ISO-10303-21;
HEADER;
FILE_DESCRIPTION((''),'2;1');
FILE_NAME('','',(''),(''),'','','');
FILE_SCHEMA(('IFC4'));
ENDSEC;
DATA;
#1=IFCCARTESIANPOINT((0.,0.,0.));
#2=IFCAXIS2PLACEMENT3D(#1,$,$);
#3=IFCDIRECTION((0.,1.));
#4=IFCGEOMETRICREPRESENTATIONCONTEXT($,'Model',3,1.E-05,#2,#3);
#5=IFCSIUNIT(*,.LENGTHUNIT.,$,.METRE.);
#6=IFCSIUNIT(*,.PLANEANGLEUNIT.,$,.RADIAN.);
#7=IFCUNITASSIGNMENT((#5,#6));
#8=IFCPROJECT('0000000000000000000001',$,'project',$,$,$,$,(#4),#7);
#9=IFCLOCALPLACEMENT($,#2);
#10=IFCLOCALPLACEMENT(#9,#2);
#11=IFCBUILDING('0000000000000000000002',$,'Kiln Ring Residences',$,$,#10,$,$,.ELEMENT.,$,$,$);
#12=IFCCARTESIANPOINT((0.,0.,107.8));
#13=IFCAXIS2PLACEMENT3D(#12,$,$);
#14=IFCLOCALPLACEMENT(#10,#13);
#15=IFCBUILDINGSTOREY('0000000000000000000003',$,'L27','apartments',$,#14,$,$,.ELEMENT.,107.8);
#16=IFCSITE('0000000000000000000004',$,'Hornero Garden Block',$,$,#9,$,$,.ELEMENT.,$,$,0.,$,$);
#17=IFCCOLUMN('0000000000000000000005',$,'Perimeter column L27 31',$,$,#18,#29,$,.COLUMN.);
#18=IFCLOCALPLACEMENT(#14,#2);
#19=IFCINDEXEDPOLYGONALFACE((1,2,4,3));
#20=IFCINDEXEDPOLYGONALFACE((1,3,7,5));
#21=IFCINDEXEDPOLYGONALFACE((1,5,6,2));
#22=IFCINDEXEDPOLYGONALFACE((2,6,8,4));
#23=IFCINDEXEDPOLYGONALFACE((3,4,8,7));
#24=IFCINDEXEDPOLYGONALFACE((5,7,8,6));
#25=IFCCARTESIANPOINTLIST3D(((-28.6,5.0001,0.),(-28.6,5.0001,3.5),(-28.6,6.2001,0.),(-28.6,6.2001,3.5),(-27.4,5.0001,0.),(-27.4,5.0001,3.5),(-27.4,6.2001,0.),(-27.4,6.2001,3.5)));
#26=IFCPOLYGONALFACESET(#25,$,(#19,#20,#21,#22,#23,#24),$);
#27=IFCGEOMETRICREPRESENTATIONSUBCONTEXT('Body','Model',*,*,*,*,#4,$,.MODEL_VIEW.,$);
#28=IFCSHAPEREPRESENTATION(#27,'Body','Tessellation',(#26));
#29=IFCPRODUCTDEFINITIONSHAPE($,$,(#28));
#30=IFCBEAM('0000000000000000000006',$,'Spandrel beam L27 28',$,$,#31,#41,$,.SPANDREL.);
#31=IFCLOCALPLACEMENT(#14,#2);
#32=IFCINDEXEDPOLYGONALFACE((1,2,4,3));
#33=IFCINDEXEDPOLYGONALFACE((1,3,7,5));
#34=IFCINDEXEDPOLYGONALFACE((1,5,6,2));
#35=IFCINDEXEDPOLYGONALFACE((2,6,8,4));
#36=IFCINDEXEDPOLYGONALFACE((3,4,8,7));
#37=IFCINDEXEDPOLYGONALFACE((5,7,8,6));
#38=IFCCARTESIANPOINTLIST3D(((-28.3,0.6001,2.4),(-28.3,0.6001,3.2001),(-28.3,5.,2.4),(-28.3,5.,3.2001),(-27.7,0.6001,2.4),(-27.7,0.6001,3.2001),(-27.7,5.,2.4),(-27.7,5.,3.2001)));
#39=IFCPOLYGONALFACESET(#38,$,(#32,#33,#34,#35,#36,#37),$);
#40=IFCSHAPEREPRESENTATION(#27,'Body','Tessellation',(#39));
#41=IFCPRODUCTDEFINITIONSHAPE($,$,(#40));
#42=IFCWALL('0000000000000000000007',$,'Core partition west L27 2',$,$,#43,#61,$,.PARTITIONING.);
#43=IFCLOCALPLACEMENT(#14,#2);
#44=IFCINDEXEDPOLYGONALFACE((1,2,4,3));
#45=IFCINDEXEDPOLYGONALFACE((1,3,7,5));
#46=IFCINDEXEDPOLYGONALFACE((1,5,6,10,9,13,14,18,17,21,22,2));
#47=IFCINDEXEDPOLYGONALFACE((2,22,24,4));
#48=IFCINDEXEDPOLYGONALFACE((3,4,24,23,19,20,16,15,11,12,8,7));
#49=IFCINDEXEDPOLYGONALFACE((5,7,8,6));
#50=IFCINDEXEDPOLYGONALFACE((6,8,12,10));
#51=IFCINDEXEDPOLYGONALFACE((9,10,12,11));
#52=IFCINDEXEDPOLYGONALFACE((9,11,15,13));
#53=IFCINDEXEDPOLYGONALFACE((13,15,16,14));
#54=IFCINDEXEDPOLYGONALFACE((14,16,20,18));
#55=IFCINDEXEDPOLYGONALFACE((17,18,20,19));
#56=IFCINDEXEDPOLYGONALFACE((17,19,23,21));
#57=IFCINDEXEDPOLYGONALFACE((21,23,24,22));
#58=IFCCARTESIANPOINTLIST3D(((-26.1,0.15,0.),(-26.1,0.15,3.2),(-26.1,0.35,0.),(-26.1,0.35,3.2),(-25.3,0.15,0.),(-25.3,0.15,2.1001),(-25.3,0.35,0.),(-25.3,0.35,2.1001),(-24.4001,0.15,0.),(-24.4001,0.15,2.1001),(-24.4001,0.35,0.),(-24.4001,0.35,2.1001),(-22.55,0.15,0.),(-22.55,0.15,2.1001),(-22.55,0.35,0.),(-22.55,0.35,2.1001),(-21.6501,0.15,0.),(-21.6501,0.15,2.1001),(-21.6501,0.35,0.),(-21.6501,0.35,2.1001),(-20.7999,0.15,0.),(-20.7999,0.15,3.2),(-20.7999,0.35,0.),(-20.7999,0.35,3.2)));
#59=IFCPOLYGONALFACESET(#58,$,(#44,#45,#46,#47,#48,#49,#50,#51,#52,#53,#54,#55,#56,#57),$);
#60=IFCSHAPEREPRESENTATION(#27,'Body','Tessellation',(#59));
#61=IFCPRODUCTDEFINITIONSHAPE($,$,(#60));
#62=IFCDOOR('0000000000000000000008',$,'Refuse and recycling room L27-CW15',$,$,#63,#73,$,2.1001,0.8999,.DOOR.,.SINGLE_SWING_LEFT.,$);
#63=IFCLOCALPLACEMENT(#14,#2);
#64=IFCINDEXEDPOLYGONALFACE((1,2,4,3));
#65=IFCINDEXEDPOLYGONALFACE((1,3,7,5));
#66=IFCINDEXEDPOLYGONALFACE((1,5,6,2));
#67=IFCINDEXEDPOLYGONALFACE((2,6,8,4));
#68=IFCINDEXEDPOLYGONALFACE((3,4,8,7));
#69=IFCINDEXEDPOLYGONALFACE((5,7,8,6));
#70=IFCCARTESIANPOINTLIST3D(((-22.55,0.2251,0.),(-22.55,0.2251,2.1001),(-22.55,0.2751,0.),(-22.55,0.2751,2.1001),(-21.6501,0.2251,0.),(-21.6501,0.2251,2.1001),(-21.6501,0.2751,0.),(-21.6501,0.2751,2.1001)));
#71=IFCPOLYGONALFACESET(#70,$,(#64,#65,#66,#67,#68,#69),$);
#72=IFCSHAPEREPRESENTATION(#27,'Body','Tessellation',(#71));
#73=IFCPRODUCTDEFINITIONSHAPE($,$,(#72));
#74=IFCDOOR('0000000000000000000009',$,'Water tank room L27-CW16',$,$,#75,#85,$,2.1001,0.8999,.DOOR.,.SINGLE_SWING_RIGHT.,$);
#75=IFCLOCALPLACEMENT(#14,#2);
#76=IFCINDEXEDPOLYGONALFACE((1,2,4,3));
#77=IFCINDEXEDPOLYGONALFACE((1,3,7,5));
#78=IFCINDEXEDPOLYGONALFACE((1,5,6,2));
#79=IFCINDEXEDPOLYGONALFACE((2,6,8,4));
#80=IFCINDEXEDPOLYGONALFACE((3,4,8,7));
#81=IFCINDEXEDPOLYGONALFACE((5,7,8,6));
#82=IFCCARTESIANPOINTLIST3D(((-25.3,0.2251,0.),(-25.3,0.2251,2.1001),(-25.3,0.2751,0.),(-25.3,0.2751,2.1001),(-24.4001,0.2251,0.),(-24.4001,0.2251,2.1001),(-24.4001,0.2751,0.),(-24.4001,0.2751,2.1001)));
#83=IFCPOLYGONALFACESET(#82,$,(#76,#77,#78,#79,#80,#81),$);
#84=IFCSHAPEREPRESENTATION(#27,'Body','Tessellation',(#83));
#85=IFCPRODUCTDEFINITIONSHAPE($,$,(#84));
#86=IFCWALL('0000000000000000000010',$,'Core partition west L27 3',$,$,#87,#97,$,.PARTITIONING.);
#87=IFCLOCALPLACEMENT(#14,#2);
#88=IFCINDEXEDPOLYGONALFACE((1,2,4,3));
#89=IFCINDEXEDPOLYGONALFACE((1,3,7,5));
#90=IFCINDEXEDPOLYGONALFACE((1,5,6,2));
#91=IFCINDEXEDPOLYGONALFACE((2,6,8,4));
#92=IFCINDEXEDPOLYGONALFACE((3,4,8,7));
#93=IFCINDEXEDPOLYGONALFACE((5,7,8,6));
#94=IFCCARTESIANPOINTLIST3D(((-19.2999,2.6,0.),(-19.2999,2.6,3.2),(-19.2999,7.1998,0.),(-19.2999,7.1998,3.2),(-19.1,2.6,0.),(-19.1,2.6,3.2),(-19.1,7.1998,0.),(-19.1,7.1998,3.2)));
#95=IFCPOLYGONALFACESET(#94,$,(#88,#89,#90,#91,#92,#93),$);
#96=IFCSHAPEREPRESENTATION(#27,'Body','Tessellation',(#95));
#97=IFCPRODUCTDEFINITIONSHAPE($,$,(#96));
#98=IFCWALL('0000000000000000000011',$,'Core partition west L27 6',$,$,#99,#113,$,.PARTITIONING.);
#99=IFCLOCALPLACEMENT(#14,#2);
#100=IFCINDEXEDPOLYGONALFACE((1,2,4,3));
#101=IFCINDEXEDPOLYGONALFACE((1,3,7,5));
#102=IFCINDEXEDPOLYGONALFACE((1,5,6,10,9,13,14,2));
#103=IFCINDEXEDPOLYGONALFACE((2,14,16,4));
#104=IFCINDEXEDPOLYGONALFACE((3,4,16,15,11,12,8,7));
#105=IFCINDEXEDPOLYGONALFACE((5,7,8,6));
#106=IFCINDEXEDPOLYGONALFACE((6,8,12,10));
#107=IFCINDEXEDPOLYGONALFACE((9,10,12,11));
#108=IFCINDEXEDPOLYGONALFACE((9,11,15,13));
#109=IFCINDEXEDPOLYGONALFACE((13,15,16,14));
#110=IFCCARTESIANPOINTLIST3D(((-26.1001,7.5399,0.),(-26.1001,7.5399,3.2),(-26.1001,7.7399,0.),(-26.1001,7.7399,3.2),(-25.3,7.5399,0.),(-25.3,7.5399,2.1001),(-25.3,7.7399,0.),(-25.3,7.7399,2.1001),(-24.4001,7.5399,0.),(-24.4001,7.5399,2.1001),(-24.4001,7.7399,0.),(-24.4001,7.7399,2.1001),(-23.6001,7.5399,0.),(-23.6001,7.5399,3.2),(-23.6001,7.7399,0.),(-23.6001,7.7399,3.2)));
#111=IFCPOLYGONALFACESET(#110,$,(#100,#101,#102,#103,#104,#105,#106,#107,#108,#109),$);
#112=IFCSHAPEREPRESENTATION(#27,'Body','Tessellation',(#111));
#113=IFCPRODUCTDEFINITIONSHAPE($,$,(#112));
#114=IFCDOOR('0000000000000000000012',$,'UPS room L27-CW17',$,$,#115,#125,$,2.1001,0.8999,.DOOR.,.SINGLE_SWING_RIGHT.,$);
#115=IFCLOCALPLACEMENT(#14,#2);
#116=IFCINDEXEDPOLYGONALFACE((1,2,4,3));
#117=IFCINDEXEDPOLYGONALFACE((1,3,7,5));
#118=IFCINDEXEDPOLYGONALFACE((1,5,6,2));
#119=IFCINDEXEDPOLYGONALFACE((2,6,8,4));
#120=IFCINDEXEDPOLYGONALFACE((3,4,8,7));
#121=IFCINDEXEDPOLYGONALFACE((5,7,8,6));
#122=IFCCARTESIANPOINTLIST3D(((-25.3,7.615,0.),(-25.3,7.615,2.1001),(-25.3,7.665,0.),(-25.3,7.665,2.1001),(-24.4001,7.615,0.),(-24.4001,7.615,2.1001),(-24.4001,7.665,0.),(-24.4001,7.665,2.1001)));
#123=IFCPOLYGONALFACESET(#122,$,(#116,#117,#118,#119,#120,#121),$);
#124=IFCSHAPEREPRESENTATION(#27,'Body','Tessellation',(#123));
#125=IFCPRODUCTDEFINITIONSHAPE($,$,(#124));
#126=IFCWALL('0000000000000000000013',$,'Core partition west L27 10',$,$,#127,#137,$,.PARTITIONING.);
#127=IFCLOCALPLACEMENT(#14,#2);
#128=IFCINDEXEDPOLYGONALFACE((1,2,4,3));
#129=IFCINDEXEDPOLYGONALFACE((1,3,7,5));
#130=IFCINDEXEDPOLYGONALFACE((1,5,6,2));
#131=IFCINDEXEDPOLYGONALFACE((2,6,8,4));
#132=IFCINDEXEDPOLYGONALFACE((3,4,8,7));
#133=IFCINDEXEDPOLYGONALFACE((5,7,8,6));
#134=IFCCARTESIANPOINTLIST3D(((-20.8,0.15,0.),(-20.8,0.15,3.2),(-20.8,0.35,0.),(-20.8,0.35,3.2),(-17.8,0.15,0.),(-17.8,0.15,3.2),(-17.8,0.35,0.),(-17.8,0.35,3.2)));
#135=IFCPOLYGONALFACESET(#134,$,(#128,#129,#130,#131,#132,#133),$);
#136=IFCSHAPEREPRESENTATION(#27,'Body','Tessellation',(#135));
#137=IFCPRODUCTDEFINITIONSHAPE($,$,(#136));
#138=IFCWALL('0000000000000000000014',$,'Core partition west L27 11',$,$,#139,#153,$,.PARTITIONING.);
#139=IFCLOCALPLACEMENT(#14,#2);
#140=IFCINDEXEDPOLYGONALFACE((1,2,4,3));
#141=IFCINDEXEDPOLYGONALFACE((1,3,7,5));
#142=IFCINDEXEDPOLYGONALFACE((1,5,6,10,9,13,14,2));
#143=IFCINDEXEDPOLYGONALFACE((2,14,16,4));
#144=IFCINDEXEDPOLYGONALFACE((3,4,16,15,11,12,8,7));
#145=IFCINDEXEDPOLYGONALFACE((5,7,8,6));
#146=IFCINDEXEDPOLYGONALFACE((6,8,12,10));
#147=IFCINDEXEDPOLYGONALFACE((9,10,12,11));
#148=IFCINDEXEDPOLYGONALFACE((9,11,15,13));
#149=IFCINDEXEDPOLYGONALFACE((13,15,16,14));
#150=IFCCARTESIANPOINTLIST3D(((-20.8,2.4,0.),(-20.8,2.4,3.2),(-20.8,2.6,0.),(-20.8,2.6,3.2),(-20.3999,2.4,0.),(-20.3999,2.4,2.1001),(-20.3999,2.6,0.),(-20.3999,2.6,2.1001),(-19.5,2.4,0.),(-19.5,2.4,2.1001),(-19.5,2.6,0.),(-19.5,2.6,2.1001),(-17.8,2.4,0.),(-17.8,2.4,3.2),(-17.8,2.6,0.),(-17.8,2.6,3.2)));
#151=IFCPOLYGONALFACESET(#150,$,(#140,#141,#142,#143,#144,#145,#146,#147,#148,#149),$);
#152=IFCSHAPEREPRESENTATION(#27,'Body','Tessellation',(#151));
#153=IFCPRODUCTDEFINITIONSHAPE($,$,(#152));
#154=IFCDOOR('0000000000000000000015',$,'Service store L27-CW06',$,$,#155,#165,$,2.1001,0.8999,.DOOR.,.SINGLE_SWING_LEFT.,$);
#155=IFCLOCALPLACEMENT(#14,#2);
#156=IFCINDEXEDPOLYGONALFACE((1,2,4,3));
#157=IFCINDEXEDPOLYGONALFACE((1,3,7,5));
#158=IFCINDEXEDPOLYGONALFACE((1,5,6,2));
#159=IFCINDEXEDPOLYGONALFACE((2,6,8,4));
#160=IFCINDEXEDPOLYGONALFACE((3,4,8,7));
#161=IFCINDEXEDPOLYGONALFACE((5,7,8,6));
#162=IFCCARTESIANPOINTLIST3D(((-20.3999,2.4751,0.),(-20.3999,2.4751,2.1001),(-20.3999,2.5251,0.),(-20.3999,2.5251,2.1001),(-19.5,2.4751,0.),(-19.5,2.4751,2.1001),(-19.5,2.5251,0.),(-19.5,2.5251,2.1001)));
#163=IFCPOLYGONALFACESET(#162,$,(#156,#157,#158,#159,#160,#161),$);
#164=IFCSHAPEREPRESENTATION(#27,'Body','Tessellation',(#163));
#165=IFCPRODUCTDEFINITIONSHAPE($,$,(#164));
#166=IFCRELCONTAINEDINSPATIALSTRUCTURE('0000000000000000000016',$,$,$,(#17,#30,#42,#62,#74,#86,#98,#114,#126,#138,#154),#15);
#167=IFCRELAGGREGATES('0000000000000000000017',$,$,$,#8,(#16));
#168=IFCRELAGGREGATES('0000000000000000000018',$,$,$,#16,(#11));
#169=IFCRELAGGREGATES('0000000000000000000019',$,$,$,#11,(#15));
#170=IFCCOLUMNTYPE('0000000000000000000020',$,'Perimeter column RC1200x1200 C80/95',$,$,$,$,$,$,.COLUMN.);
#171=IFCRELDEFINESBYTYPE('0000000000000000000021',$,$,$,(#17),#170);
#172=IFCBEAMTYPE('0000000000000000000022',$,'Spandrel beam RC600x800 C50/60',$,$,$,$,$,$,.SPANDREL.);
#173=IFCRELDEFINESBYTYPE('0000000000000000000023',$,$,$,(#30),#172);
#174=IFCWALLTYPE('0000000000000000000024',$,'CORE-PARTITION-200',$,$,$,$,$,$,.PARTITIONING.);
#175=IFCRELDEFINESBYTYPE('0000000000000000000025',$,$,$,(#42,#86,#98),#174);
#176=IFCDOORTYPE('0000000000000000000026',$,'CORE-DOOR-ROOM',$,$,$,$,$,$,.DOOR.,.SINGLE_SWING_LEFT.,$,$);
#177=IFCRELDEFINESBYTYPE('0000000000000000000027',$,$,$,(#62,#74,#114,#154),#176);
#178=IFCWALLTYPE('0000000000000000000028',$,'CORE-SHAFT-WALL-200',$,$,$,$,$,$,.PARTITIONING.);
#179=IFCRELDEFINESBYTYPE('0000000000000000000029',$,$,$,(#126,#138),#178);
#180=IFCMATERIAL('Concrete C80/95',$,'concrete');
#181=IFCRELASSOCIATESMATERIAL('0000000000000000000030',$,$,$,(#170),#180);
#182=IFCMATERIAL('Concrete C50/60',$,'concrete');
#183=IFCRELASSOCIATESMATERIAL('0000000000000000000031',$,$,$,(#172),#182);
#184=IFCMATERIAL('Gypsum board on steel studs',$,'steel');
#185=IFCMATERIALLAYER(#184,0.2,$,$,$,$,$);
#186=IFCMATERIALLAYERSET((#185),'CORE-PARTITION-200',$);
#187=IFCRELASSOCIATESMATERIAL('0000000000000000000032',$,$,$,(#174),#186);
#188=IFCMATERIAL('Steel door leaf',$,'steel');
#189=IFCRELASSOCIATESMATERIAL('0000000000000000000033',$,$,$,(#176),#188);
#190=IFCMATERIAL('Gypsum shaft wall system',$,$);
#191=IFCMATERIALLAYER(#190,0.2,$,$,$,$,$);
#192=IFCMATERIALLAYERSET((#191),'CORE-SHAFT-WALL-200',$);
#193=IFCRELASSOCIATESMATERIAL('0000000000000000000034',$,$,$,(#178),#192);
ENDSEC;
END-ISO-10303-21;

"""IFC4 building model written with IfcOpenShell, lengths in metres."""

from ifc_helpers import new_model, si_unit, direction, frame, frame_2d, origin, origin_2d, place, context, subcontext, project, spatial, rectangle, extrude, material, layer, layer_set, material_profile, profile_set, type_object, element, fill, save


model = new_model("IFC4")

# Units and contexts
model_context = context("Model", 3, precision=1e-05, world=origin(), true_north=direction((0.0, 1.0)))
body_context = subcontext(model_context, "Body", "Model", "MODEL_VIEW")
ifc_project = project(units=[si_unit("LENGTHUNIT", "METRE"), si_unit("PLANEANGLEUNIT", "RADIAN")], contexts=[model_context])

# Site, building, storey
site_placement = place(None, origin())
site = spatial("IfcSite", under=ifc_project, at=site_placement, Name="Hornero Garden Block", CompositionType="ELEMENT", RefElevation=0.0)
building_placement = place(site_placement, origin())
building = spatial("IfcBuilding", under=site, at=building_placement, Name="Kiln Ring Residences", CompositionType="ELEMENT")
storey_placement = place(building_placement, frame((0.0, 0.0, 107.8)))
storey = spatial("IfcBuildingStorey", under=building, at=storey_placement, Name="L27", Description="apartments", CompositionType="ELEMENT", Elevation=107.8)

# Column
ifc_material_1 = material(Name="Concrete C80/95", Category="concrete")
ifc_material_profile_1 = material_profile(ifc_material_1, rectangle(XDim=1.2, YDim=1.2, at=origin_2d()), Name="RC1200x1200")
ifc_profile_set_1 = profile_set([ifc_material_profile_1], Name="Concrete C80/95")
column_type = type_object("IfcColumnType", Name="Perimeter column RC1200x1200 C80/95", PredefinedType="COLUMN", material=ifc_profile_set_1)
column_placement = place(storey_placement, frame((-28.0, 5.6001, 0.0), z_axis=(0.0, 0.0, 1.0), x_axis=(1.0, 0.0, 0.0)))
element("IfcColumn", 1, at=column_placement, inside=storey, type_object=column_type, Name="Perimeter column L27 31", PredefinedType="COLUMN", context=body_context, shape_type="SweptSolid", body=[
    extrude(rectangle(XDim=1.2, YDim=1.2, at=origin_2d()), origin(), (0.0, 0.0, 1.0), 3.5),
])

# Beam
ifc_material_2 = material(Name="Concrete C50/60", Category="concrete")
ifc_material_profile_2 = material_profile(ifc_material_2, rectangle(XDim=0.6001, YDim=0.8, at=origin_2d()), Name="RC600x800")
ifc_profile_set_2 = profile_set([ifc_material_profile_2], Name="Concrete C50/60")
beam_type = type_object("IfcBeamType", Name="Spandrel beam RC600x800 C50/60", PredefinedType="SPANDREL", material=ifc_profile_set_2)
beam_placement = place(storey_placement, frame((-28.0, 5.0, 2.8), z_axis=(0.0, -1.0, 0.0), x_axis=(1.0, 0.0, 0.0)))
element("IfcBeam", 2, at=beam_placement, inside=storey, type_object=beam_type, Name="Spandrel beam L27 28", PredefinedType="SPANDREL", context=body_context, shape_type="SweptSolid", body=[
    extrude(rectangle(XDim=0.6001, YDim=0.8, at=origin_2d()), origin(), (0.0, 0.0, 1.0), 4.3999),
])

# Wall, openings, doors
ifc_material_3 = material(Name="Gypsum board on steel studs", Category="steel")
ifc_layer_1 = layer(ifc_material_3, 0.2)
ifc_layer_set_1 = layer_set([ifc_layer_1], Name="CORE-PARTITION-200")
wall_type_1 = type_object("IfcWallType", Name="CORE-PARTITION-200", PredefinedType="PARTITIONING", material=ifc_layer_set_1)
wall_1_placement = place(storey_placement, frame((-20.8, 0.25, 0.0), z_axis=(0.0, 0.0, 1.0), x_axis=(-1.0, 0.0, 0.0)))
wall_1 = element("IfcWall", 3, at=wall_1_placement, inside=storey, type_object=wall_type_1, Name="Core partition west L27 2", PredefinedType="PARTITIONING", context=body_context, shape_type="SweptSolid", body=[
    extrude(rectangle(XDim=5.3, YDim=0.2, at=frame_2d((2.6499, 0.0))), origin(), (0.0, 0.0, 1.0), 3.2),
])
opening_1_placement = place(wall_1_placement, frame((0.8501, 0.0, 0.0)))
opening_1 = element("IfcOpeningElement", 4, at=opening_1_placement, cuts=wall_1, PredefinedType="OPENING", context=body_context, shape_type="SweptSolid", body=[
    extrude(rectangle(XDim=0.8999, YDim=2.1001, at=frame_2d((0.45, 1.05))), frame((0.0, 0.1099, 0.0), z_axis=(0.0, -1.0, 0.0), x_axis=(1.0, 0.0, 0.0)), (0.0, 0.0, 1.0), 0.22),
])
opening_2_placement = place(wall_1_placement, frame((3.6001, 0.0, 0.0)))
opening_2 = element("IfcOpeningElement", 5, at=opening_2_placement, cuts=wall_1, PredefinedType="OPENING", context=body_context, shape_type="SweptSolid", body=[
    extrude(rectangle(XDim=0.8999, YDim=2.1001, at=frame_2d((0.45, 1.05))), frame((0.0, 0.1099, 0.0), z_axis=(0.0, -1.0, 0.0), x_axis=(1.0, 0.0, 0.0)), (0.0, 0.0, 1.0), 0.22),
])
ifc_material_4 = material(Name="Steel door leaf", Category="steel")
door_type_1 = type_object("IfcDoorType", Name="CORE-DOOR-ROOM", OperationType="SINGLE_SWING_LEFT", PredefinedType="DOOR", material=ifc_material_4)
door_1_placement = place(opening_1_placement, origin())
door_1 = element("IfcDoor", 6, at=door_1_placement, inside=storey, type_object=door_type_1, Name="Refuse and recycling room L27-CW15", OperationType="SINGLE_SWING_LEFT", OverallHeight=2.1001, OverallWidth=0.8999, PredefinedType="DOOR", context=body_context, shape_type="SweptSolid", body=[
    extrude(rectangle(XDim=0.8999, YDim=2.1001, at=frame_2d((0.45, 1.05))), frame((0.0, 0.0249, 0.0), z_axis=(0.0, -1.0, 0.0), x_axis=(1.0, 0.0, 0.0)), (0.0, 0.0, 1.0), 0.05),
])
fill(opening_1, door_1)
door_2_placement = place(opening_2_placement, origin())
door_2 = element("IfcDoor", 7, at=door_2_placement, inside=storey, type_object=door_type_1, Name="Water tank room L27-CW16", OperationType="SINGLE_SWING_RIGHT", OverallHeight=2.1001, OverallWidth=0.8999, PredefinedType="DOOR", context=body_context, shape_type="SweptSolid", body=[
    extrude(rectangle(XDim=0.8999, YDim=2.1001, at=frame_2d((0.45, 1.05))), frame((0.0, 0.0249, 0.0), z_axis=(0.0, -1.0, 0.0), x_axis=(1.0, 0.0, 0.0)), (0.0, 0.0, 1.0), 0.05),
])
fill(opening_2, door_2)

# Wall
wall_2_placement = place(storey_placement, frame((-19.2, 2.6001, 0.0), z_axis=(0.0, 0.0, 1.0), x_axis=(0.0, 1.0, 0.0)))
element("IfcWall", 8, at=wall_2_placement, inside=storey, type_object=wall_type_1, Name="Core partition west L27 3", PredefinedType="PARTITIONING", context=body_context, shape_type="SweptSolid", body=[
    extrude(rectangle(XDim=4.5999, YDim=0.2, at=frame_2d((2.2998, 0.0))), origin(), (0.0, 0.0, 1.0), 3.2),
])

# Wall, opening, door
wall_3_placement = place(storey_placement, frame((-23.6001, 7.6399, 0.0), z_axis=(0.0, 0.0, 1.0), x_axis=(-1.0, 0.0, 0.0)))
wall_3 = element("IfcWall", 9, at=wall_3_placement, inside=storey, type_object=wall_type_1, Name="Core partition west L27 6", PredefinedType="PARTITIONING", context=body_context, shape_type="SweptSolid", body=[
    extrude(rectangle(XDim=2.5, YDim=0.2, at=frame_2d((1.25, 0.0))), origin(), (0.0, 0.0, 1.0), 3.2),
])
opening_3_placement = place(wall_3_placement, frame((0.8, 0.0, 0.0)))
opening_3 = element("IfcOpeningElement", 10, at=opening_3_placement, cuts=wall_3, PredefinedType="OPENING", context=body_context, shape_type="SweptSolid", body=[
    extrude(rectangle(XDim=0.8999, YDim=2.1001, at=frame_2d((0.45, 1.05))), frame((0.0, 0.1099, 0.0), z_axis=(0.0, -1.0, 0.0), x_axis=(1.0, 0.0, 0.0)), (0.0, 0.0, 1.0), 0.22),
])
door_3_placement = place(opening_3_placement, origin())
door_3 = element("IfcDoor", 11, at=door_3_placement, inside=storey, type_object=door_type_1, Name="UPS room L27-CW17", OperationType="SINGLE_SWING_RIGHT", OverallHeight=2.1001, OverallWidth=0.8999, PredefinedType="DOOR", context=body_context, shape_type="SweptSolid", body=[
    extrude(rectangle(XDim=0.8999, YDim=2.1001, at=frame_2d((0.45, 1.05))), frame((0.0, 0.0249, 0.0), z_axis=(0.0, -1.0, 0.0), x_axis=(1.0, 0.0, 0.0)), (0.0, 0.0, 1.0), 0.05),
])
fill(opening_3, door_3)

# Wall
ifc_material_5 = material(Name="Gypsum shaft wall system")
ifc_layer_2 = layer(ifc_material_5, 0.2)
ifc_layer_set_2 = layer_set([ifc_layer_2], Name="CORE-SHAFT-WALL-200")
wall_type_2 = type_object("IfcWallType", Name="CORE-SHAFT-WALL-200", PredefinedType="PARTITIONING", material=ifc_layer_set_2)
wall_4_placement = place(storey_placement, frame((-17.8, 0.25, 0.0), z_axis=(0.0, 0.0, 1.0), x_axis=(-1.0, 0.0, 0.0)))
element("IfcWall", 12, at=wall_4_placement, inside=storey, type_object=wall_type_2, Name="Core partition west L27 10", PredefinedType="PARTITIONING", context=body_context, shape_type="SweptSolid", body=[
    extrude(rectangle(XDim=3.0, YDim=0.2, at=frame_2d((1.5, 0.0))), origin(), (0.0, 0.0, 1.0), 3.2),
])

# Wall, opening, door
wall_5_placement = place(storey_placement, frame((-17.8, 2.5, 0.0), z_axis=(0.0, 0.0, 1.0), x_axis=(-1.0, 0.0, 0.0)))
wall_5 = element("IfcWall", 13, at=wall_5_placement, inside=storey, type_object=wall_type_2, Name="Core partition west L27 11", PredefinedType="PARTITIONING", context=body_context, shape_type="SweptSolid", body=[
    extrude(rectangle(XDim=3.0, YDim=0.2, at=frame_2d((1.5, 0.0))), origin(), (0.0, 0.0, 1.0), 3.2),
])
opening_4_placement = place(wall_5_placement, frame((1.7, 0.0, 0.0)))
opening_4 = element("IfcOpeningElement", 14, at=opening_4_placement, cuts=wall_5, PredefinedType="OPENING", context=body_context, shape_type="SweptSolid", body=[
    extrude(rectangle(XDim=0.8999, YDim=2.1001, at=frame_2d((0.45, 1.05))), frame((0.0, 0.1099, 0.0), z_axis=(0.0, -1.0, 0.0), x_axis=(1.0, 0.0, 0.0)), (0.0, 0.0, 1.0), 0.22),
])
door_4_placement = place(opening_4_placement, origin())
door_4 = element("IfcDoor", 15, at=door_4_placement, inside=storey, type_object=door_type_1, Name="Service store L27-CW06", OperationType="SINGLE_SWING_LEFT", OverallHeight=2.1001, OverallWidth=0.8999, PredefinedType="DOOR", context=body_context, shape_type="SweptSolid", body=[
    extrude(rectangle(XDim=0.8999, YDim=2.1001, at=frame_2d((0.45, 1.05))), frame((0.0, 0.0249, 0.0), z_axis=(0.0, -1.0, 0.0), x_axis=(1.0, 0.0, 0.0)), (0.0, 0.0, 1.0), 0.05),
])
fill(opening_4, door_4)

save(model, "model.ifc")
